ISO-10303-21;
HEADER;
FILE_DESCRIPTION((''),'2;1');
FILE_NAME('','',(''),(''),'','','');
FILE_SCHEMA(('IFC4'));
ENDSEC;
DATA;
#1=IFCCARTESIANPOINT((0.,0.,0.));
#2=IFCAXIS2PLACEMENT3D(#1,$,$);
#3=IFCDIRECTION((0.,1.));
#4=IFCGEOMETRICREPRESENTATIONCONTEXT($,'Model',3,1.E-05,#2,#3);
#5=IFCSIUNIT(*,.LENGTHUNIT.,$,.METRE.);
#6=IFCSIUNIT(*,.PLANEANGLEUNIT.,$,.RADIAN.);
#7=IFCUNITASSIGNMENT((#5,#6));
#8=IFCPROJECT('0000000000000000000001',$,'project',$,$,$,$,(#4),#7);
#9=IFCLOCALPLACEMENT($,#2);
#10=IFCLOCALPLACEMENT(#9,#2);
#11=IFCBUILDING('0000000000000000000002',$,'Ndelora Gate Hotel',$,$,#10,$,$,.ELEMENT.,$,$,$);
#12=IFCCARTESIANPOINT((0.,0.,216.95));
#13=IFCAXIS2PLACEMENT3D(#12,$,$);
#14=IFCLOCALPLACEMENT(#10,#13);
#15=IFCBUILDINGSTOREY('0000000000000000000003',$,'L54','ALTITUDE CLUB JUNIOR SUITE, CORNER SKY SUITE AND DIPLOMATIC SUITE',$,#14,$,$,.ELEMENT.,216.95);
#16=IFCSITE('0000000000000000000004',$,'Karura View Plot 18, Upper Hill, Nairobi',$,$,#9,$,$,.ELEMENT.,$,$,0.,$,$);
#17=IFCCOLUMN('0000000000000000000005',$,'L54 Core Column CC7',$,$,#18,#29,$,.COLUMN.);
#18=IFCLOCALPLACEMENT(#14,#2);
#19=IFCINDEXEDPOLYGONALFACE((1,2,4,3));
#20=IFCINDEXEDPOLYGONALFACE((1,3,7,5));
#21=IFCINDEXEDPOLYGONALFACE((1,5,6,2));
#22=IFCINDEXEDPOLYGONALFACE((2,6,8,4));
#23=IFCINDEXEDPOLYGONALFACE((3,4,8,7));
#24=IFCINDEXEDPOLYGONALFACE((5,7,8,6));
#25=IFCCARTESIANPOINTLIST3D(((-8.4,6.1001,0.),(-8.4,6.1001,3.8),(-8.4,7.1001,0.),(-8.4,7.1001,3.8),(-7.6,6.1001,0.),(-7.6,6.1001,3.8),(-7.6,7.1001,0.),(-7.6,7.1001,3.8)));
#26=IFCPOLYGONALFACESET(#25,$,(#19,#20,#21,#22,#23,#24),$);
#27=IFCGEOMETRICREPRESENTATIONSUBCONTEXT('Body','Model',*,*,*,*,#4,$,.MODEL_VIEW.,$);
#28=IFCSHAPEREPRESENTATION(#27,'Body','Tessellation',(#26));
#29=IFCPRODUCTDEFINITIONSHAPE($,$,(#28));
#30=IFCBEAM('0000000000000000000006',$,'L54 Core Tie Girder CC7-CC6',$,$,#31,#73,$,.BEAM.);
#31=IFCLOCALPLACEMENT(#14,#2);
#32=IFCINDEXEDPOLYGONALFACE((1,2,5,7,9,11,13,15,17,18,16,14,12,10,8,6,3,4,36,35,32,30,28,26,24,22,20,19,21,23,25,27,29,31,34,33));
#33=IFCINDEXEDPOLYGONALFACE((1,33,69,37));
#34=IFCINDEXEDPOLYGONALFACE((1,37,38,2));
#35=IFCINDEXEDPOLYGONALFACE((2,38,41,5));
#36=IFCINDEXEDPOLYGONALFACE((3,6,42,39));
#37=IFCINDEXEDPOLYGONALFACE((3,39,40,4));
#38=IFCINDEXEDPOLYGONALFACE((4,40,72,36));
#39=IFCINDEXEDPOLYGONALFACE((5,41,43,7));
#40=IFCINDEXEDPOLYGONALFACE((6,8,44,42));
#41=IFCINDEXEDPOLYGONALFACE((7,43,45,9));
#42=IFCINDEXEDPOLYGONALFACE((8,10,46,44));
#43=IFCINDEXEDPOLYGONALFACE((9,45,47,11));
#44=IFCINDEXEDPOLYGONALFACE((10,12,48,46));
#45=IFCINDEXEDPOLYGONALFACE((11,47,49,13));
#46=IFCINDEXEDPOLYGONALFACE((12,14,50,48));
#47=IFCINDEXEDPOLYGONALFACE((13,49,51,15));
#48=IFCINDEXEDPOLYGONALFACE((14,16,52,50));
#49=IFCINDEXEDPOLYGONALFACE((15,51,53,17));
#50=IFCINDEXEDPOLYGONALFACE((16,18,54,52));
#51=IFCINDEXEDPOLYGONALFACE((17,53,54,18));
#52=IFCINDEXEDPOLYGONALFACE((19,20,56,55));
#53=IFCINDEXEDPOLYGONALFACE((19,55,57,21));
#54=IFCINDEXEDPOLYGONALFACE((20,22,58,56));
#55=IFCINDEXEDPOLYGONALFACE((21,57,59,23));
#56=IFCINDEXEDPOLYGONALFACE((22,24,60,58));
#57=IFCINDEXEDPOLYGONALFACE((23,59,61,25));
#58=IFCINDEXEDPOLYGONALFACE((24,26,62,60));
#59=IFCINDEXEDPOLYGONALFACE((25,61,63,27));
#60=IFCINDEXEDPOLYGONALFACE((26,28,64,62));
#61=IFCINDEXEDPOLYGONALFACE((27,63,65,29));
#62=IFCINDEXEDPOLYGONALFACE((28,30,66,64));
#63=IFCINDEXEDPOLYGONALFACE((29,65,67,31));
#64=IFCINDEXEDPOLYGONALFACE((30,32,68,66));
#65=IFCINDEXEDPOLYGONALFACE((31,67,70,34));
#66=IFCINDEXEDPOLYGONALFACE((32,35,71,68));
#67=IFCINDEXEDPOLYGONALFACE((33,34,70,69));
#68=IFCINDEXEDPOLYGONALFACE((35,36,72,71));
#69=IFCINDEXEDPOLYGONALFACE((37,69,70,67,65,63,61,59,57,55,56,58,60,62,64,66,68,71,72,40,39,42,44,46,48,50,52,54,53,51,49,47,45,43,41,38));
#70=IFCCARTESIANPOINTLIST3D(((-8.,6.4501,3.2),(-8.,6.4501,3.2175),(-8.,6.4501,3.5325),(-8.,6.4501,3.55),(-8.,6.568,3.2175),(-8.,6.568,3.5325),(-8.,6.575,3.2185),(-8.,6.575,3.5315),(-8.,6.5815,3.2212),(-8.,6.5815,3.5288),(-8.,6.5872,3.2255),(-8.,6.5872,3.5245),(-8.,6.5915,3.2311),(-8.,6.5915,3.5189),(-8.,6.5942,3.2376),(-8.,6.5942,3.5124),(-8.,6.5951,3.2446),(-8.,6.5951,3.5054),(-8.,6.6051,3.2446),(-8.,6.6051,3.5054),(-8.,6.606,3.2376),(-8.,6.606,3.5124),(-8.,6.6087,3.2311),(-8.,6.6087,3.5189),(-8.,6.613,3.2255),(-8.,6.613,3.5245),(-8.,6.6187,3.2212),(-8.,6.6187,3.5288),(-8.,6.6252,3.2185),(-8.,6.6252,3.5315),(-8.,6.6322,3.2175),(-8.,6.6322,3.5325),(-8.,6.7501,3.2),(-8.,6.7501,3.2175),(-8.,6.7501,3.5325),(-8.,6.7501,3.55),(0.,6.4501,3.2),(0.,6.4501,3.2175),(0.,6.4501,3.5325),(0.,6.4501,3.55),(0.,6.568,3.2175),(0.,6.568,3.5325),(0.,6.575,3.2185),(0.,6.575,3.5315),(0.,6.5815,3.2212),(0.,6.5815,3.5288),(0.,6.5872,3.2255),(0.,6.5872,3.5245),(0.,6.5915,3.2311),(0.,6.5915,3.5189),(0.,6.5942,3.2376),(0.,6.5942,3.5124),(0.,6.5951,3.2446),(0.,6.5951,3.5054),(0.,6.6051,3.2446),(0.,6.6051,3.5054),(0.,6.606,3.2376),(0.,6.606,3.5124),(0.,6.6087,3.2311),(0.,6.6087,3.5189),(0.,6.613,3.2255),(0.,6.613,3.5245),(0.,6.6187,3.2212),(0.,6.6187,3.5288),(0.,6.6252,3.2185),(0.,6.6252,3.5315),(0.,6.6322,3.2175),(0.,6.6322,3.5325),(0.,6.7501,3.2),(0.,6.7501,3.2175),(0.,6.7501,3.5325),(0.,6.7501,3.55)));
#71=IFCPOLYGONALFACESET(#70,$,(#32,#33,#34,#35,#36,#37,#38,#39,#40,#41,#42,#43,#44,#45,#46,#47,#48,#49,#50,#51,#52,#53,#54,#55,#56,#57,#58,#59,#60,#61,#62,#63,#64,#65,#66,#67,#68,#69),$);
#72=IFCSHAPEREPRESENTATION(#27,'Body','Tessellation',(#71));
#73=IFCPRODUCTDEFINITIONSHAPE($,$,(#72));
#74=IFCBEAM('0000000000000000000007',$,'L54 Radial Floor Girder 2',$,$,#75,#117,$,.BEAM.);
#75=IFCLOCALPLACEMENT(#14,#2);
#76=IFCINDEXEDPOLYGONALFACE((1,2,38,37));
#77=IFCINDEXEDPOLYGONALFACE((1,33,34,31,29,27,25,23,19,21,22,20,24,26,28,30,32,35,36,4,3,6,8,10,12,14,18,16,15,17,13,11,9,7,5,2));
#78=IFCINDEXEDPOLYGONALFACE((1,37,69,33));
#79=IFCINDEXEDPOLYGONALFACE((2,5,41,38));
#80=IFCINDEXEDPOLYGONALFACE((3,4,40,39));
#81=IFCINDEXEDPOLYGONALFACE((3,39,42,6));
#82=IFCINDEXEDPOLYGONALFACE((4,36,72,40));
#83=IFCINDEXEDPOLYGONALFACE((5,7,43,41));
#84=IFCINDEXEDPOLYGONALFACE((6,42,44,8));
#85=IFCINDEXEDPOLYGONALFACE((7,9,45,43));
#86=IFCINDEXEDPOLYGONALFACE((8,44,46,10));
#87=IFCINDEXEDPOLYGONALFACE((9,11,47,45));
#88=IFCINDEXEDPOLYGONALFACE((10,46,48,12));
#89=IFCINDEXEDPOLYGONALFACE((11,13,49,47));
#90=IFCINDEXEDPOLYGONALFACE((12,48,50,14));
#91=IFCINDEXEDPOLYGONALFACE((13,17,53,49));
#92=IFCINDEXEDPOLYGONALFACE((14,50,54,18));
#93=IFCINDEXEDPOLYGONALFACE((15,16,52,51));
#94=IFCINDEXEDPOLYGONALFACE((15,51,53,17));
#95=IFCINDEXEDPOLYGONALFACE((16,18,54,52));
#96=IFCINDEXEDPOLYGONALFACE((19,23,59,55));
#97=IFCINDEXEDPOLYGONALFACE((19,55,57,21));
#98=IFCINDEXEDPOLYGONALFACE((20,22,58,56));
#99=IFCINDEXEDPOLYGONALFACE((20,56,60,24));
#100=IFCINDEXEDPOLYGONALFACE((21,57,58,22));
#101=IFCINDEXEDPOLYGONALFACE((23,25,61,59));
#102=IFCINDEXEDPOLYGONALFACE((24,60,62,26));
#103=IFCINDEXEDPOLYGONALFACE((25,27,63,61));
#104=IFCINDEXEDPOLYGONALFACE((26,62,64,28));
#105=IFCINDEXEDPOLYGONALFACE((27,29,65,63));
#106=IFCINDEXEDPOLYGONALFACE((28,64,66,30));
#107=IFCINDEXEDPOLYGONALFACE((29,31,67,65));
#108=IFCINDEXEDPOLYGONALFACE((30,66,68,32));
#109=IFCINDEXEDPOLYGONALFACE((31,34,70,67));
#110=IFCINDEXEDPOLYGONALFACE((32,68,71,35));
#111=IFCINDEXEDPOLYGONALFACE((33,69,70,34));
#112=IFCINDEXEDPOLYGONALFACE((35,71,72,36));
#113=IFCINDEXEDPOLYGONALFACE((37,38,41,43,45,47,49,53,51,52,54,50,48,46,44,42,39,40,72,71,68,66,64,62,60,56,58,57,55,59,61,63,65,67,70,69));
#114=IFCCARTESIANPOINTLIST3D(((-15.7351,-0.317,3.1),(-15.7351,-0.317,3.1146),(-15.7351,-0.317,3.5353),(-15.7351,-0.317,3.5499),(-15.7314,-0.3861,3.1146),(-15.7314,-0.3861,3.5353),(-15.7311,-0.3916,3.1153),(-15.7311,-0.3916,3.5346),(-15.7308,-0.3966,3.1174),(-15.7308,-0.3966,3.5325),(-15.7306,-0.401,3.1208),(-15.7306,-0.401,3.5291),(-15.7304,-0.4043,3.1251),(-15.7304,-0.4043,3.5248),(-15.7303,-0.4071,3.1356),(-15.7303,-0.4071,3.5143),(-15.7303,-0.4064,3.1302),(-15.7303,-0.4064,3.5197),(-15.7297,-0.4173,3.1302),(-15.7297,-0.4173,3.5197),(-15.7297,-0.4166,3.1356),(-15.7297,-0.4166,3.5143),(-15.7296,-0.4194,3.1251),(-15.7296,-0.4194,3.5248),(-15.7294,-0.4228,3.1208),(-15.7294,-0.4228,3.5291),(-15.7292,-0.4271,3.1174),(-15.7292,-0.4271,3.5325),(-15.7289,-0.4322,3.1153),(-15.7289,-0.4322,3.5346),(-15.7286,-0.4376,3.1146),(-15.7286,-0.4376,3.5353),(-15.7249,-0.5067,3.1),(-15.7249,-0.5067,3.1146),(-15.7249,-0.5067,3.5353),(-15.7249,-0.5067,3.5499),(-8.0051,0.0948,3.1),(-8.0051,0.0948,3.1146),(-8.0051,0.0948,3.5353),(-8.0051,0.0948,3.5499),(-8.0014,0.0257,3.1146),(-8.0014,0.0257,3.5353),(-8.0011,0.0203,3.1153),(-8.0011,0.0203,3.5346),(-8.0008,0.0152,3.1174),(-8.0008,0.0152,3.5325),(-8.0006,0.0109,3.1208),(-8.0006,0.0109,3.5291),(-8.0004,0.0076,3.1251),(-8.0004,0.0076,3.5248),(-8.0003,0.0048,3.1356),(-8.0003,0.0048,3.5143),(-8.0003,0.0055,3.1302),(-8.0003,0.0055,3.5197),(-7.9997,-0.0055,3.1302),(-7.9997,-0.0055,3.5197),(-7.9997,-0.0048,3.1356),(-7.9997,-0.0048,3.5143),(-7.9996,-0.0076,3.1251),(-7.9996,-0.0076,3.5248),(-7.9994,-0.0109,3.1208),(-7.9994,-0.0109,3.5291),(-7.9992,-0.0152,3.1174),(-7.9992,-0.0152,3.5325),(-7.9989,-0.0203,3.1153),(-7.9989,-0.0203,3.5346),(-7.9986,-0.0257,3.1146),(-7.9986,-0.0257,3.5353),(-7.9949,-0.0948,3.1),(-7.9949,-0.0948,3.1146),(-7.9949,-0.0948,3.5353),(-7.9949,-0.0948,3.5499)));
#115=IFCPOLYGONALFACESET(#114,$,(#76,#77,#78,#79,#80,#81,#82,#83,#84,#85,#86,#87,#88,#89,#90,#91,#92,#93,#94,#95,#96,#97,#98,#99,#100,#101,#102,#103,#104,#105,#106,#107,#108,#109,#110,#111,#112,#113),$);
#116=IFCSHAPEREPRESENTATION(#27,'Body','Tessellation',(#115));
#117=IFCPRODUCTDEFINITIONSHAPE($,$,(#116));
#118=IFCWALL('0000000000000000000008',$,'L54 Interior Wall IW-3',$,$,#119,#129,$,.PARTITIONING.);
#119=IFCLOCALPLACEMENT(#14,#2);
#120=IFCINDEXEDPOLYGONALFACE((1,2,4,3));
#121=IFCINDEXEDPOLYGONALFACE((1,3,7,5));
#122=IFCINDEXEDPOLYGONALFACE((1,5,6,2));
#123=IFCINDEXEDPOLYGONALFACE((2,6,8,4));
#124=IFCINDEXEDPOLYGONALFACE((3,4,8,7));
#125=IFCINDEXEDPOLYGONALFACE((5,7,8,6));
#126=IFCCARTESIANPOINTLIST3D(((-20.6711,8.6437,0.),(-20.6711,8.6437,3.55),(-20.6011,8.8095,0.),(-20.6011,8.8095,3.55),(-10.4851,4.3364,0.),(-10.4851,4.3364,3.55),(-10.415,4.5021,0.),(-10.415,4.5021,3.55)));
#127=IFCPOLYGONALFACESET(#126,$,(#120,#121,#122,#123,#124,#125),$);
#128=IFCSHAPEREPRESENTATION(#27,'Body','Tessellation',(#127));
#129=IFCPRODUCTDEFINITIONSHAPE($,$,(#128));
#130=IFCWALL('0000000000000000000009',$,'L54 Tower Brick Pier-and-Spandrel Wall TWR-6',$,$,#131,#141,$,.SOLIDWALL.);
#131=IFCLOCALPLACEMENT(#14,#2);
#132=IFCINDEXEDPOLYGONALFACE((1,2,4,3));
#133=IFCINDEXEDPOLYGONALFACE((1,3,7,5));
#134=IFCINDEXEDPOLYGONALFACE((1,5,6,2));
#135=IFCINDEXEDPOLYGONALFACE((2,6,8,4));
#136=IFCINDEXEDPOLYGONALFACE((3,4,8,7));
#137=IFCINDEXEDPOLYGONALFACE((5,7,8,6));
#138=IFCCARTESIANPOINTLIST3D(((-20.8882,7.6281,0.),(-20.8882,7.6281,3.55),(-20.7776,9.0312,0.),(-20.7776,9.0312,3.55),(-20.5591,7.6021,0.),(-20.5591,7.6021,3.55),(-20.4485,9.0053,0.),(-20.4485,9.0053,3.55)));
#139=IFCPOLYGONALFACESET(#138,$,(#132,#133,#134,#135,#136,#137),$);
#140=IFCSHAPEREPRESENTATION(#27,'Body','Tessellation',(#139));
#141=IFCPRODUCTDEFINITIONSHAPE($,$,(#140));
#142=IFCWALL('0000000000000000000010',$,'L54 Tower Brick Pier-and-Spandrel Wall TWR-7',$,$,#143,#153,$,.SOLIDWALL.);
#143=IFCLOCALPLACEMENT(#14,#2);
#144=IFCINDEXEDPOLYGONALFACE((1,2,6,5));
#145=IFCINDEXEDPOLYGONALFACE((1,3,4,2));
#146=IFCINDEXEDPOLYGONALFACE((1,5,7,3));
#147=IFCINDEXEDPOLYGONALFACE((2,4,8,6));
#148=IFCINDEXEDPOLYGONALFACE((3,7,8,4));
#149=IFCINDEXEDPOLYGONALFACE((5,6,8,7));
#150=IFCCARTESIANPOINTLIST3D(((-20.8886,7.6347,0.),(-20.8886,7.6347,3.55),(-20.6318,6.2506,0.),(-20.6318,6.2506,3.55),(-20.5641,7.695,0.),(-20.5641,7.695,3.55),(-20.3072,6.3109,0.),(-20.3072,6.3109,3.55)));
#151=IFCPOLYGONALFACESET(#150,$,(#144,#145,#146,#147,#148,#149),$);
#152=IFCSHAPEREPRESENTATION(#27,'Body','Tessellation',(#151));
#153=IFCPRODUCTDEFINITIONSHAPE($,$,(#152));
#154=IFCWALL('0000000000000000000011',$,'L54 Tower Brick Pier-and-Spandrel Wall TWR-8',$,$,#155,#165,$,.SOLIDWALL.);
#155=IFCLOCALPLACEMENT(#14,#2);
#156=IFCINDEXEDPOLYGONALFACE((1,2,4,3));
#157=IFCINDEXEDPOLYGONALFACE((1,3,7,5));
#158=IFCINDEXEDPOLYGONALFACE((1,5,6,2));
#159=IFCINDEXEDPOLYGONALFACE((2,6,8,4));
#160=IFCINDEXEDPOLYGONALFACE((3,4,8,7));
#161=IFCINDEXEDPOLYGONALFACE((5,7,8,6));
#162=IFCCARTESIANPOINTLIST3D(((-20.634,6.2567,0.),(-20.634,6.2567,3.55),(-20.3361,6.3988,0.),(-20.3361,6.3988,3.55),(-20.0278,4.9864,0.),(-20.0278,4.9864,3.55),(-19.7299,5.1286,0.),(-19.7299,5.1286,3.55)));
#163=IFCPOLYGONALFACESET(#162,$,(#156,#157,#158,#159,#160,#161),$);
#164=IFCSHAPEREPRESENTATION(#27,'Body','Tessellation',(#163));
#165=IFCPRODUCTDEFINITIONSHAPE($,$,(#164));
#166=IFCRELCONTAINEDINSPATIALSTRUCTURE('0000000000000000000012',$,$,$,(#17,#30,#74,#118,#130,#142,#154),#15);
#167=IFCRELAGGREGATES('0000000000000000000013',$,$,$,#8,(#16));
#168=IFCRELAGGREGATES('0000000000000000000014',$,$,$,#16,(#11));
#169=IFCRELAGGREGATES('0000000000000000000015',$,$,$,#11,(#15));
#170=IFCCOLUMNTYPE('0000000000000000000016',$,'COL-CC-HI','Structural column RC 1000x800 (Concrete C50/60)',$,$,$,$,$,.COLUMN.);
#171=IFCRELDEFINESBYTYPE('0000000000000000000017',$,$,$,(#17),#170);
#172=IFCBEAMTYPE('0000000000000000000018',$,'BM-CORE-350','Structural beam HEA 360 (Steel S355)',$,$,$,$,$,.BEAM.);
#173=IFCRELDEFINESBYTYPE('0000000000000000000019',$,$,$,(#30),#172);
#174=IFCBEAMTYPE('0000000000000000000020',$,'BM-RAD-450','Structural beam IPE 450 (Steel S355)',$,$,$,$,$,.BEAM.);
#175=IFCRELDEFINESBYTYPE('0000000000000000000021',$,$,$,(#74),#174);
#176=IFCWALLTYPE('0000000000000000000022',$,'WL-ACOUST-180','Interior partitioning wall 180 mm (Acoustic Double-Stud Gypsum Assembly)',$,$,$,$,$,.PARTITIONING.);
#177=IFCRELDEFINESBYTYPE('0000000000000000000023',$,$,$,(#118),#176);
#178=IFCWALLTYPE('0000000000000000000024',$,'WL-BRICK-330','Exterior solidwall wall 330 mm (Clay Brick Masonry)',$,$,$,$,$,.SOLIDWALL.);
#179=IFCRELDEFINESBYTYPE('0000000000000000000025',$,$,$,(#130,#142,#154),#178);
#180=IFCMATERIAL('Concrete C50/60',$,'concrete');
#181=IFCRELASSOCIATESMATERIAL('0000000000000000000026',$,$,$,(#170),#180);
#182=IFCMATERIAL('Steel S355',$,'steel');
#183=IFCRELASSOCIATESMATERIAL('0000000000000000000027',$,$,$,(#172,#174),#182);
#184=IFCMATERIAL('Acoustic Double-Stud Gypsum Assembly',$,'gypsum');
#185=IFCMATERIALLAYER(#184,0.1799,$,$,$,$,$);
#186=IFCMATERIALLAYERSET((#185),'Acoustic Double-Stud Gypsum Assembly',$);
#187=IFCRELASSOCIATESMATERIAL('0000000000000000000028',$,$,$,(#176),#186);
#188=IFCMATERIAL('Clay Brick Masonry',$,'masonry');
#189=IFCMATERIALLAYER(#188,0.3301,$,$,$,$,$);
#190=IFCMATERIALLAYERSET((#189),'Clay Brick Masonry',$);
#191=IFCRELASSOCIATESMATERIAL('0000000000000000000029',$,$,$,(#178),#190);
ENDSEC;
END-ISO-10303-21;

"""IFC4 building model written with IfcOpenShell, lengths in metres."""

from ifc_helpers import new_model, si_unit, direction, frame, frame_2d, origin, origin_2d, place, context, subcontext, project, spatial, rectangle, i_section, extrude, material, layer, layer_set, material_profile, profile_set, type_object, element, save


model = new_model("IFC4")

# Units and contexts
model_context = context("Model", 3, precision=1e-05, world=origin(), true_north=direction((0.0, 1.0)))
body_context = subcontext(model_context, "Body", "Model", "MODEL_VIEW")
ifc_project = project(units=[si_unit("LENGTHUNIT", "METRE"), si_unit("PLANEANGLEUNIT", "RADIAN")], contexts=[model_context])

# Site, building, storey
site_placement = place(None, origin())
site = spatial("IfcSite", under=ifc_project, at=site_placement, Name="Karura View Plot 18, Upper Hill, Nairobi", CompositionType="ELEMENT", RefElevation=0.0)
building_placement = place(site_placement, origin())
building = spatial("IfcBuilding", under=site, at=building_placement, Name="Ndelora Gate Hotel", CompositionType="ELEMENT")
storey_placement = place(building_placement, frame((0.0, 0.0, 216.95)))
storey = spatial("IfcBuildingStorey", under=building, at=storey_placement, Name="L54", Description="ALTITUDE CLUB JUNIOR SUITE, CORNER SKY SUITE AND DIPLOMATIC SUITE", CompositionType="ELEMENT", Elevation=216.95)

# Column
ifc_material_1 = material(Name="Concrete C50/60", Category="concrete")
ifc_material_profile_1 = material_profile(ifc_material_1, rectangle(XDim=0.8, YDim=1.0, at=origin_2d()), Name="RC 1000x800")
ifc_profile_set_1 = profile_set([ifc_material_profile_1], Name="Concrete C50/60")
column_type = type_object("IfcColumnType", Name="COL-CC-HI", Description="Structural column RC 1000x800 (Concrete C50/60)", PredefinedType="COLUMN", material=ifc_profile_set_1)
column_placement = place(storey_placement, frame((-8.0, 6.6001, 0.0), z_axis=(0.0, 0.0, 1.0), x_axis=(1.0, 0.0, 0.0)))
element("IfcColumn", 1, at=column_placement, inside=storey, type_object=column_type, Name="L54 Core Column CC7", PredefinedType="COLUMN", context=body_context, shape_type="SweptSolid", body=[
    extrude(rectangle(XDim=0.8, YDim=1.0, at=origin_2d()), origin(), (0.0, 0.0, 1.0), 3.8),
])

# Beams
ifc_material_2 = material(Name="Steel S355", Category="steel")
ifc_material_profile_2 = material_profile(ifc_material_2, i_section(OverallWidth=0.3, OverallDepth=0.3501, WebThickness=0.01, FlangeThickness=0.0176, FilletRadius=0.0271, at=origin_2d()), Name="HEA 360")
ifc_profile_set_2 = profile_set([ifc_material_profile_2], Name="Steel S355")
beam_type_1 = type_object("IfcBeamType", Name="BM-CORE-350", Description="Structural beam HEA 360 (Steel S355)", PredefinedType="BEAM", material=ifc_profile_set_2)
beam_1_placement = place(storey_placement, frame((-8.0, 6.6001, 3.375), z_axis=(1.0, 0.0, 0.0), x_axis=(0.0, 1.0, 0.0)))
element("IfcBeam", 2, at=beam_1_placement, inside=storey, type_object=beam_type_1, Name="L54 Core Tie Girder CC7-CC6", PredefinedType="BEAM", context=body_context, shape_type="SweptSolid", body=[
    extrude(i_section(OverallWidth=0.3, OverallDepth=0.3501, WebThickness=0.01, FlangeThickness=0.0176, FilletRadius=0.0271, at=origin_2d()), origin(), (0.0, 0.0, 1.0), 8.0),
])
ifc_material_profile_3 = material_profile(ifc_material_2, i_section(OverallWidth=0.1899, OverallDepth=0.45, WebThickness=0.0095, FlangeThickness=0.0146, FilletRadius=0.021, at=origin_2d()), Name="IPE 450")
ifc_profile_set_3 = profile_set([ifc_material_profile_3], Name="Steel S355")
beam_type_2 = type_object("IfcBeamType", Name="BM-RAD-450", Description="Structural beam IPE 450 (Steel S355)", PredefinedType="BEAM", material=ifc_profile_set_3)
beam_2_placement = place(storey_placement, frame((-8.0, 0.0, 3.325), z_axis=(-0.998584, -0.053206, 0.0), x_axis=(0.053206, -0.998584, 0.0)))
element("IfcBeam", 3, at=beam_2_placement, inside=storey, type_object=beam_type_2, Name="L54 Radial Floor Girder 2", PredefinedType="BEAM", context=body_context, shape_type="SweptSolid", body=[
    extrude(i_section(OverallWidth=0.1899, OverallDepth=0.45, WebThickness=0.0095, FlangeThickness=0.0146, FilletRadius=0.021, at=origin_2d()), origin(), (0.0, 0.0, 1.0), 7.741),
])

# Walls
ifc_material_3 = material(Name="Acoustic Double-Stud Gypsum Assembly", Category="gypsum")
ifc_layer_1 = layer(ifc_material_3, 0.1799)
ifc_layer_set_1 = layer_set([ifc_layer_1], Name="Acoustic Double-Stud Gypsum Assembly")
wall_type_1 = type_object("IfcWallType", Name="WL-ACOUST-180", Description="Interior partitioning wall 180 mm (Acoustic Double-Stud Gypsum Assembly)", PredefinedType="PARTITIONING", material=ifc_layer_set_1)
wall_1_placement = place(storey_placement, frame((-10.45, 4.4192, 0.0), z_axis=(0.0, 0.0, 1.0), x_axis=(-0.921035, 0.389479, 0.0)))
element("IfcWall", 4, at=wall_1_placement, inside=storey, type_object=wall_type_1, Name="L54 Interior Wall IW-3", PredefinedType="PARTITIONING", context=body_context, shape_type="SweptSolid", body=[
    extrude(rectangle(XDim=11.0593, YDim=0.1799, at=frame_2d((5.5298, 0.0))), origin(), (0.0, 0.0, 1.0), 3.55),
])
ifc_material_4 = material(Name="Clay Brick Masonry", Category="masonry")
ifc_layer_2 = layer(ifc_material_4, 0.3301)
ifc_layer_set_2 = layer_set([ifc_layer_2], Name="Clay Brick Masonry")
wall_type_2 = type_object("IfcWallType", Name="WL-BRICK-330", Description="Exterior solidwall wall 330 mm (Clay Brick Masonry)", PredefinedType="SOLIDWALL", material=ifc_layer_set_2)
wall_2_placement = place(storey_placement, frame((-20.7236, 7.6152, 0.0), z_axis=(0.0, 0.0, 1.0), x_axis=(0.07858, 0.996908, 0.0)))
element("IfcWall", 5, at=wall_2_placement, inside=storey, type_object=wall_type_2, Name="L54 Tower Brick Pier-and-Spandrel Wall TWR-6", PredefinedType="SOLIDWALL", context=body_context, shape_type="SweptSolid", body=[
    extrude(rectangle(XDim=1.4075, YDim=0.3301, at=frame_2d((0.7036, 0.0))), origin(), (0.0, 0.0, 1.0), 3.55),
])
wall_3_placement = place(storey_placement, frame((-20.4695, 6.2808, 0.0), z_axis=(0.0, 0.0, 1.0), x_axis=(-0.182456, 0.983214, 0.0)))
element("IfcWall", 6, at=wall_3_placement, inside=storey, type_object=wall_type_2, Name="L54 Tower Brick Pier-and-Spandrel Wall TWR-7", PredefinedType="SOLIDWALL", context=body_context, shape_type="SweptSolid", body=[
    extrude(rectangle(XDim=1.4077, YDim=0.3301, at=frame_2d((0.7039, 0.0))), origin(), (0.0, 0.0, 1.0), 3.55),
])
wall_4_placement = place(storey_placement, frame((-19.8789, 5.0576, 0.0), z_axis=(0.0, 0.0, 1.0), x_axis=(-0.430694, 0.902498, 0.0)))
element("IfcWall", 7, at=wall_4_placement, inside=storey, type_object=wall_type_2, Name="L54 Tower Brick Pier-and-Spandrel Wall TWR-8", PredefinedType="SOLIDWALL", context=body_context, shape_type="SweptSolid", body=[
    extrude(rectangle(XDim=1.4075, YDim=0.3301, at=frame_2d((0.7036, 0.0))), origin(), (0.0, 0.0, 1.0), 3.55),
])

save(model, "model.ifc")
